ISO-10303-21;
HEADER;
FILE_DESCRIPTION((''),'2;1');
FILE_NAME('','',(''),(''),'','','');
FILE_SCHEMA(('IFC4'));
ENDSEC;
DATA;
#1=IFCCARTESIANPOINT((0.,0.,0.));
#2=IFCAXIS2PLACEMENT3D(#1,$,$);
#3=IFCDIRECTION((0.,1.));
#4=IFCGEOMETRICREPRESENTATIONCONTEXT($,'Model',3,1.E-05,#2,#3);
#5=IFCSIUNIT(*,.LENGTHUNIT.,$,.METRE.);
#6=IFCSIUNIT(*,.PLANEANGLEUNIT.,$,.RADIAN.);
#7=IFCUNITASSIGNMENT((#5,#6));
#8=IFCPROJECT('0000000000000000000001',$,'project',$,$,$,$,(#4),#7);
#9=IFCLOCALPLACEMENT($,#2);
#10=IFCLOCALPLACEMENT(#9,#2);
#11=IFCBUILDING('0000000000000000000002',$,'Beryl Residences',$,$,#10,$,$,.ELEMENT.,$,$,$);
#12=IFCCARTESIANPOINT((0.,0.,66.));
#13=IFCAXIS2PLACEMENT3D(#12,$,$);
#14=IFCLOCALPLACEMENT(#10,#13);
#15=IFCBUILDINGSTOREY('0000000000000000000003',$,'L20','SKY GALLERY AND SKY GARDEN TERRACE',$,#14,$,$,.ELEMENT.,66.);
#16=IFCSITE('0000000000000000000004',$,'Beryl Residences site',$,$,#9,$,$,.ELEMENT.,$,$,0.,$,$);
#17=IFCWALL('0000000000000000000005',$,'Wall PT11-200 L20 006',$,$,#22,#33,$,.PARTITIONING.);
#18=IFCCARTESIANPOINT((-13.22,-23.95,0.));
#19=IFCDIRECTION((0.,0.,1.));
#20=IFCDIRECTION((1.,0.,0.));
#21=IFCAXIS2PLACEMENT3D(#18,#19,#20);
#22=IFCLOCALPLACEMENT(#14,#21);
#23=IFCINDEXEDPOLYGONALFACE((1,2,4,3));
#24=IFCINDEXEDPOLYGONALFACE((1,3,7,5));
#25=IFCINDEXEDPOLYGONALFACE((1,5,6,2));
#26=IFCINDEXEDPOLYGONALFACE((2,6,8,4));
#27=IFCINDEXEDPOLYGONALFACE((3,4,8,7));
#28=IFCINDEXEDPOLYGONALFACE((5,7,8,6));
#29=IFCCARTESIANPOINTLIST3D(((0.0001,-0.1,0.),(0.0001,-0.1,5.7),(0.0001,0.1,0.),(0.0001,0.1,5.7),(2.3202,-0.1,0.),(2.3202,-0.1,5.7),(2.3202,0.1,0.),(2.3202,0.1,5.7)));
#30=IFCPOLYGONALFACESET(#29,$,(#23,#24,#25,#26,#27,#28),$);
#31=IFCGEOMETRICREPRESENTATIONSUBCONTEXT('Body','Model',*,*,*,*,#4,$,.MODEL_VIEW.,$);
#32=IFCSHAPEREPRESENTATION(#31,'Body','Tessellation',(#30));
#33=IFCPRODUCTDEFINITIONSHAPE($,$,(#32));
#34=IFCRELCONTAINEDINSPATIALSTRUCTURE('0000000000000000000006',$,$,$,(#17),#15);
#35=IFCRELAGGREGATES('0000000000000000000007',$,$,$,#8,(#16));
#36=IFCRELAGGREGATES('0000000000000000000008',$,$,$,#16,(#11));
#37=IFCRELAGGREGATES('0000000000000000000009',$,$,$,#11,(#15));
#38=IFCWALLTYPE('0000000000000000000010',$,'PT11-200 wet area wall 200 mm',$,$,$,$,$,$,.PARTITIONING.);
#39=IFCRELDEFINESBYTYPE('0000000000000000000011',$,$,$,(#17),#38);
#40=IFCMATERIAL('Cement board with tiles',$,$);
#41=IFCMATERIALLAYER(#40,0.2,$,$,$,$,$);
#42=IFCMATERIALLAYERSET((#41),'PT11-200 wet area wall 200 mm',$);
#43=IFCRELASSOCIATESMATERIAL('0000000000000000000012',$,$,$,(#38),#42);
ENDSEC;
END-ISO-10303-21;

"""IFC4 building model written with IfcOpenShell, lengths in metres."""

from ifc_helpers import new_model, si_unit, direction, frame, frame_2d, origin, place, context, subcontext, project, spatial, rectangle, extrude, material, layer, layer_set, type_object, element, save


model = new_model("IFC4")

# Units and contexts
model_context = context("Model", 3, precision=1e-05, world=origin(), true_north=direction((0.0, 1.0)))
body_context = subcontext(model_context, "Body", "Model", "MODEL_VIEW")
ifc_project = project(units=[si_unit("LENGTHUNIT", "METRE"), si_unit("PLANEANGLEUNIT", "RADIAN")], contexts=[model_context])

# Site, building, storey
site_placement = place(None, origin())
site = spatial("IfcSite", under=ifc_project, at=site_placement, Name="Beryl Residences site", CompositionType="ELEMENT", RefElevation=0.0)
building_placement = place(site_placement, origin())
building = spatial("IfcBuilding", under=site, at=building_placement, Name="Beryl Residences", CompositionType="ELEMENT")
storey_placement = place(building_placement, frame((0.0, 0.0, 66.0)))
storey = spatial("IfcBuildingStorey", under=building, at=storey_placement, Name="L20", Description="SKY GALLERY AND SKY GARDEN TERRACE", CompositionType="ELEMENT", Elevation=66.0)

# Wall
ifc_material_1 = material(Name="Cement board with tiles")
ifc_layer_1 = layer(ifc_material_1, 0.2)
ifc_layer_set_1 = layer_set([ifc_layer_1], Name="PT11-200 wet area wall 200 mm")
wall_type_1 = type_object("IfcWallType", Name="PT11-200 wet area wall 200 mm", PredefinedType="PARTITIONING", material=ifc_layer_set_1)
wall_1_placement = place(storey_placement, frame((-13.22, -23.95, 0.0), z_axis=(0.0, 0.0, 1.0), x_axis=(1.0, 0.0, 0.0)))
element("IfcWall", 1, at=wall_1_placement, inside=storey, type_object=wall_type_1, Name="Wall PT11-200 L20 006", PredefinedType="PARTITIONING", context=body_context, shape_type="SweptSolid", body=[
    extrude(rectangle(XDim=2.3201, YDim=0.2, at=frame_2d((1.1602, 0.0))), origin(), (0.0, 0.0, 1.0), 5.7),
])

save(model, "model.ifc")
